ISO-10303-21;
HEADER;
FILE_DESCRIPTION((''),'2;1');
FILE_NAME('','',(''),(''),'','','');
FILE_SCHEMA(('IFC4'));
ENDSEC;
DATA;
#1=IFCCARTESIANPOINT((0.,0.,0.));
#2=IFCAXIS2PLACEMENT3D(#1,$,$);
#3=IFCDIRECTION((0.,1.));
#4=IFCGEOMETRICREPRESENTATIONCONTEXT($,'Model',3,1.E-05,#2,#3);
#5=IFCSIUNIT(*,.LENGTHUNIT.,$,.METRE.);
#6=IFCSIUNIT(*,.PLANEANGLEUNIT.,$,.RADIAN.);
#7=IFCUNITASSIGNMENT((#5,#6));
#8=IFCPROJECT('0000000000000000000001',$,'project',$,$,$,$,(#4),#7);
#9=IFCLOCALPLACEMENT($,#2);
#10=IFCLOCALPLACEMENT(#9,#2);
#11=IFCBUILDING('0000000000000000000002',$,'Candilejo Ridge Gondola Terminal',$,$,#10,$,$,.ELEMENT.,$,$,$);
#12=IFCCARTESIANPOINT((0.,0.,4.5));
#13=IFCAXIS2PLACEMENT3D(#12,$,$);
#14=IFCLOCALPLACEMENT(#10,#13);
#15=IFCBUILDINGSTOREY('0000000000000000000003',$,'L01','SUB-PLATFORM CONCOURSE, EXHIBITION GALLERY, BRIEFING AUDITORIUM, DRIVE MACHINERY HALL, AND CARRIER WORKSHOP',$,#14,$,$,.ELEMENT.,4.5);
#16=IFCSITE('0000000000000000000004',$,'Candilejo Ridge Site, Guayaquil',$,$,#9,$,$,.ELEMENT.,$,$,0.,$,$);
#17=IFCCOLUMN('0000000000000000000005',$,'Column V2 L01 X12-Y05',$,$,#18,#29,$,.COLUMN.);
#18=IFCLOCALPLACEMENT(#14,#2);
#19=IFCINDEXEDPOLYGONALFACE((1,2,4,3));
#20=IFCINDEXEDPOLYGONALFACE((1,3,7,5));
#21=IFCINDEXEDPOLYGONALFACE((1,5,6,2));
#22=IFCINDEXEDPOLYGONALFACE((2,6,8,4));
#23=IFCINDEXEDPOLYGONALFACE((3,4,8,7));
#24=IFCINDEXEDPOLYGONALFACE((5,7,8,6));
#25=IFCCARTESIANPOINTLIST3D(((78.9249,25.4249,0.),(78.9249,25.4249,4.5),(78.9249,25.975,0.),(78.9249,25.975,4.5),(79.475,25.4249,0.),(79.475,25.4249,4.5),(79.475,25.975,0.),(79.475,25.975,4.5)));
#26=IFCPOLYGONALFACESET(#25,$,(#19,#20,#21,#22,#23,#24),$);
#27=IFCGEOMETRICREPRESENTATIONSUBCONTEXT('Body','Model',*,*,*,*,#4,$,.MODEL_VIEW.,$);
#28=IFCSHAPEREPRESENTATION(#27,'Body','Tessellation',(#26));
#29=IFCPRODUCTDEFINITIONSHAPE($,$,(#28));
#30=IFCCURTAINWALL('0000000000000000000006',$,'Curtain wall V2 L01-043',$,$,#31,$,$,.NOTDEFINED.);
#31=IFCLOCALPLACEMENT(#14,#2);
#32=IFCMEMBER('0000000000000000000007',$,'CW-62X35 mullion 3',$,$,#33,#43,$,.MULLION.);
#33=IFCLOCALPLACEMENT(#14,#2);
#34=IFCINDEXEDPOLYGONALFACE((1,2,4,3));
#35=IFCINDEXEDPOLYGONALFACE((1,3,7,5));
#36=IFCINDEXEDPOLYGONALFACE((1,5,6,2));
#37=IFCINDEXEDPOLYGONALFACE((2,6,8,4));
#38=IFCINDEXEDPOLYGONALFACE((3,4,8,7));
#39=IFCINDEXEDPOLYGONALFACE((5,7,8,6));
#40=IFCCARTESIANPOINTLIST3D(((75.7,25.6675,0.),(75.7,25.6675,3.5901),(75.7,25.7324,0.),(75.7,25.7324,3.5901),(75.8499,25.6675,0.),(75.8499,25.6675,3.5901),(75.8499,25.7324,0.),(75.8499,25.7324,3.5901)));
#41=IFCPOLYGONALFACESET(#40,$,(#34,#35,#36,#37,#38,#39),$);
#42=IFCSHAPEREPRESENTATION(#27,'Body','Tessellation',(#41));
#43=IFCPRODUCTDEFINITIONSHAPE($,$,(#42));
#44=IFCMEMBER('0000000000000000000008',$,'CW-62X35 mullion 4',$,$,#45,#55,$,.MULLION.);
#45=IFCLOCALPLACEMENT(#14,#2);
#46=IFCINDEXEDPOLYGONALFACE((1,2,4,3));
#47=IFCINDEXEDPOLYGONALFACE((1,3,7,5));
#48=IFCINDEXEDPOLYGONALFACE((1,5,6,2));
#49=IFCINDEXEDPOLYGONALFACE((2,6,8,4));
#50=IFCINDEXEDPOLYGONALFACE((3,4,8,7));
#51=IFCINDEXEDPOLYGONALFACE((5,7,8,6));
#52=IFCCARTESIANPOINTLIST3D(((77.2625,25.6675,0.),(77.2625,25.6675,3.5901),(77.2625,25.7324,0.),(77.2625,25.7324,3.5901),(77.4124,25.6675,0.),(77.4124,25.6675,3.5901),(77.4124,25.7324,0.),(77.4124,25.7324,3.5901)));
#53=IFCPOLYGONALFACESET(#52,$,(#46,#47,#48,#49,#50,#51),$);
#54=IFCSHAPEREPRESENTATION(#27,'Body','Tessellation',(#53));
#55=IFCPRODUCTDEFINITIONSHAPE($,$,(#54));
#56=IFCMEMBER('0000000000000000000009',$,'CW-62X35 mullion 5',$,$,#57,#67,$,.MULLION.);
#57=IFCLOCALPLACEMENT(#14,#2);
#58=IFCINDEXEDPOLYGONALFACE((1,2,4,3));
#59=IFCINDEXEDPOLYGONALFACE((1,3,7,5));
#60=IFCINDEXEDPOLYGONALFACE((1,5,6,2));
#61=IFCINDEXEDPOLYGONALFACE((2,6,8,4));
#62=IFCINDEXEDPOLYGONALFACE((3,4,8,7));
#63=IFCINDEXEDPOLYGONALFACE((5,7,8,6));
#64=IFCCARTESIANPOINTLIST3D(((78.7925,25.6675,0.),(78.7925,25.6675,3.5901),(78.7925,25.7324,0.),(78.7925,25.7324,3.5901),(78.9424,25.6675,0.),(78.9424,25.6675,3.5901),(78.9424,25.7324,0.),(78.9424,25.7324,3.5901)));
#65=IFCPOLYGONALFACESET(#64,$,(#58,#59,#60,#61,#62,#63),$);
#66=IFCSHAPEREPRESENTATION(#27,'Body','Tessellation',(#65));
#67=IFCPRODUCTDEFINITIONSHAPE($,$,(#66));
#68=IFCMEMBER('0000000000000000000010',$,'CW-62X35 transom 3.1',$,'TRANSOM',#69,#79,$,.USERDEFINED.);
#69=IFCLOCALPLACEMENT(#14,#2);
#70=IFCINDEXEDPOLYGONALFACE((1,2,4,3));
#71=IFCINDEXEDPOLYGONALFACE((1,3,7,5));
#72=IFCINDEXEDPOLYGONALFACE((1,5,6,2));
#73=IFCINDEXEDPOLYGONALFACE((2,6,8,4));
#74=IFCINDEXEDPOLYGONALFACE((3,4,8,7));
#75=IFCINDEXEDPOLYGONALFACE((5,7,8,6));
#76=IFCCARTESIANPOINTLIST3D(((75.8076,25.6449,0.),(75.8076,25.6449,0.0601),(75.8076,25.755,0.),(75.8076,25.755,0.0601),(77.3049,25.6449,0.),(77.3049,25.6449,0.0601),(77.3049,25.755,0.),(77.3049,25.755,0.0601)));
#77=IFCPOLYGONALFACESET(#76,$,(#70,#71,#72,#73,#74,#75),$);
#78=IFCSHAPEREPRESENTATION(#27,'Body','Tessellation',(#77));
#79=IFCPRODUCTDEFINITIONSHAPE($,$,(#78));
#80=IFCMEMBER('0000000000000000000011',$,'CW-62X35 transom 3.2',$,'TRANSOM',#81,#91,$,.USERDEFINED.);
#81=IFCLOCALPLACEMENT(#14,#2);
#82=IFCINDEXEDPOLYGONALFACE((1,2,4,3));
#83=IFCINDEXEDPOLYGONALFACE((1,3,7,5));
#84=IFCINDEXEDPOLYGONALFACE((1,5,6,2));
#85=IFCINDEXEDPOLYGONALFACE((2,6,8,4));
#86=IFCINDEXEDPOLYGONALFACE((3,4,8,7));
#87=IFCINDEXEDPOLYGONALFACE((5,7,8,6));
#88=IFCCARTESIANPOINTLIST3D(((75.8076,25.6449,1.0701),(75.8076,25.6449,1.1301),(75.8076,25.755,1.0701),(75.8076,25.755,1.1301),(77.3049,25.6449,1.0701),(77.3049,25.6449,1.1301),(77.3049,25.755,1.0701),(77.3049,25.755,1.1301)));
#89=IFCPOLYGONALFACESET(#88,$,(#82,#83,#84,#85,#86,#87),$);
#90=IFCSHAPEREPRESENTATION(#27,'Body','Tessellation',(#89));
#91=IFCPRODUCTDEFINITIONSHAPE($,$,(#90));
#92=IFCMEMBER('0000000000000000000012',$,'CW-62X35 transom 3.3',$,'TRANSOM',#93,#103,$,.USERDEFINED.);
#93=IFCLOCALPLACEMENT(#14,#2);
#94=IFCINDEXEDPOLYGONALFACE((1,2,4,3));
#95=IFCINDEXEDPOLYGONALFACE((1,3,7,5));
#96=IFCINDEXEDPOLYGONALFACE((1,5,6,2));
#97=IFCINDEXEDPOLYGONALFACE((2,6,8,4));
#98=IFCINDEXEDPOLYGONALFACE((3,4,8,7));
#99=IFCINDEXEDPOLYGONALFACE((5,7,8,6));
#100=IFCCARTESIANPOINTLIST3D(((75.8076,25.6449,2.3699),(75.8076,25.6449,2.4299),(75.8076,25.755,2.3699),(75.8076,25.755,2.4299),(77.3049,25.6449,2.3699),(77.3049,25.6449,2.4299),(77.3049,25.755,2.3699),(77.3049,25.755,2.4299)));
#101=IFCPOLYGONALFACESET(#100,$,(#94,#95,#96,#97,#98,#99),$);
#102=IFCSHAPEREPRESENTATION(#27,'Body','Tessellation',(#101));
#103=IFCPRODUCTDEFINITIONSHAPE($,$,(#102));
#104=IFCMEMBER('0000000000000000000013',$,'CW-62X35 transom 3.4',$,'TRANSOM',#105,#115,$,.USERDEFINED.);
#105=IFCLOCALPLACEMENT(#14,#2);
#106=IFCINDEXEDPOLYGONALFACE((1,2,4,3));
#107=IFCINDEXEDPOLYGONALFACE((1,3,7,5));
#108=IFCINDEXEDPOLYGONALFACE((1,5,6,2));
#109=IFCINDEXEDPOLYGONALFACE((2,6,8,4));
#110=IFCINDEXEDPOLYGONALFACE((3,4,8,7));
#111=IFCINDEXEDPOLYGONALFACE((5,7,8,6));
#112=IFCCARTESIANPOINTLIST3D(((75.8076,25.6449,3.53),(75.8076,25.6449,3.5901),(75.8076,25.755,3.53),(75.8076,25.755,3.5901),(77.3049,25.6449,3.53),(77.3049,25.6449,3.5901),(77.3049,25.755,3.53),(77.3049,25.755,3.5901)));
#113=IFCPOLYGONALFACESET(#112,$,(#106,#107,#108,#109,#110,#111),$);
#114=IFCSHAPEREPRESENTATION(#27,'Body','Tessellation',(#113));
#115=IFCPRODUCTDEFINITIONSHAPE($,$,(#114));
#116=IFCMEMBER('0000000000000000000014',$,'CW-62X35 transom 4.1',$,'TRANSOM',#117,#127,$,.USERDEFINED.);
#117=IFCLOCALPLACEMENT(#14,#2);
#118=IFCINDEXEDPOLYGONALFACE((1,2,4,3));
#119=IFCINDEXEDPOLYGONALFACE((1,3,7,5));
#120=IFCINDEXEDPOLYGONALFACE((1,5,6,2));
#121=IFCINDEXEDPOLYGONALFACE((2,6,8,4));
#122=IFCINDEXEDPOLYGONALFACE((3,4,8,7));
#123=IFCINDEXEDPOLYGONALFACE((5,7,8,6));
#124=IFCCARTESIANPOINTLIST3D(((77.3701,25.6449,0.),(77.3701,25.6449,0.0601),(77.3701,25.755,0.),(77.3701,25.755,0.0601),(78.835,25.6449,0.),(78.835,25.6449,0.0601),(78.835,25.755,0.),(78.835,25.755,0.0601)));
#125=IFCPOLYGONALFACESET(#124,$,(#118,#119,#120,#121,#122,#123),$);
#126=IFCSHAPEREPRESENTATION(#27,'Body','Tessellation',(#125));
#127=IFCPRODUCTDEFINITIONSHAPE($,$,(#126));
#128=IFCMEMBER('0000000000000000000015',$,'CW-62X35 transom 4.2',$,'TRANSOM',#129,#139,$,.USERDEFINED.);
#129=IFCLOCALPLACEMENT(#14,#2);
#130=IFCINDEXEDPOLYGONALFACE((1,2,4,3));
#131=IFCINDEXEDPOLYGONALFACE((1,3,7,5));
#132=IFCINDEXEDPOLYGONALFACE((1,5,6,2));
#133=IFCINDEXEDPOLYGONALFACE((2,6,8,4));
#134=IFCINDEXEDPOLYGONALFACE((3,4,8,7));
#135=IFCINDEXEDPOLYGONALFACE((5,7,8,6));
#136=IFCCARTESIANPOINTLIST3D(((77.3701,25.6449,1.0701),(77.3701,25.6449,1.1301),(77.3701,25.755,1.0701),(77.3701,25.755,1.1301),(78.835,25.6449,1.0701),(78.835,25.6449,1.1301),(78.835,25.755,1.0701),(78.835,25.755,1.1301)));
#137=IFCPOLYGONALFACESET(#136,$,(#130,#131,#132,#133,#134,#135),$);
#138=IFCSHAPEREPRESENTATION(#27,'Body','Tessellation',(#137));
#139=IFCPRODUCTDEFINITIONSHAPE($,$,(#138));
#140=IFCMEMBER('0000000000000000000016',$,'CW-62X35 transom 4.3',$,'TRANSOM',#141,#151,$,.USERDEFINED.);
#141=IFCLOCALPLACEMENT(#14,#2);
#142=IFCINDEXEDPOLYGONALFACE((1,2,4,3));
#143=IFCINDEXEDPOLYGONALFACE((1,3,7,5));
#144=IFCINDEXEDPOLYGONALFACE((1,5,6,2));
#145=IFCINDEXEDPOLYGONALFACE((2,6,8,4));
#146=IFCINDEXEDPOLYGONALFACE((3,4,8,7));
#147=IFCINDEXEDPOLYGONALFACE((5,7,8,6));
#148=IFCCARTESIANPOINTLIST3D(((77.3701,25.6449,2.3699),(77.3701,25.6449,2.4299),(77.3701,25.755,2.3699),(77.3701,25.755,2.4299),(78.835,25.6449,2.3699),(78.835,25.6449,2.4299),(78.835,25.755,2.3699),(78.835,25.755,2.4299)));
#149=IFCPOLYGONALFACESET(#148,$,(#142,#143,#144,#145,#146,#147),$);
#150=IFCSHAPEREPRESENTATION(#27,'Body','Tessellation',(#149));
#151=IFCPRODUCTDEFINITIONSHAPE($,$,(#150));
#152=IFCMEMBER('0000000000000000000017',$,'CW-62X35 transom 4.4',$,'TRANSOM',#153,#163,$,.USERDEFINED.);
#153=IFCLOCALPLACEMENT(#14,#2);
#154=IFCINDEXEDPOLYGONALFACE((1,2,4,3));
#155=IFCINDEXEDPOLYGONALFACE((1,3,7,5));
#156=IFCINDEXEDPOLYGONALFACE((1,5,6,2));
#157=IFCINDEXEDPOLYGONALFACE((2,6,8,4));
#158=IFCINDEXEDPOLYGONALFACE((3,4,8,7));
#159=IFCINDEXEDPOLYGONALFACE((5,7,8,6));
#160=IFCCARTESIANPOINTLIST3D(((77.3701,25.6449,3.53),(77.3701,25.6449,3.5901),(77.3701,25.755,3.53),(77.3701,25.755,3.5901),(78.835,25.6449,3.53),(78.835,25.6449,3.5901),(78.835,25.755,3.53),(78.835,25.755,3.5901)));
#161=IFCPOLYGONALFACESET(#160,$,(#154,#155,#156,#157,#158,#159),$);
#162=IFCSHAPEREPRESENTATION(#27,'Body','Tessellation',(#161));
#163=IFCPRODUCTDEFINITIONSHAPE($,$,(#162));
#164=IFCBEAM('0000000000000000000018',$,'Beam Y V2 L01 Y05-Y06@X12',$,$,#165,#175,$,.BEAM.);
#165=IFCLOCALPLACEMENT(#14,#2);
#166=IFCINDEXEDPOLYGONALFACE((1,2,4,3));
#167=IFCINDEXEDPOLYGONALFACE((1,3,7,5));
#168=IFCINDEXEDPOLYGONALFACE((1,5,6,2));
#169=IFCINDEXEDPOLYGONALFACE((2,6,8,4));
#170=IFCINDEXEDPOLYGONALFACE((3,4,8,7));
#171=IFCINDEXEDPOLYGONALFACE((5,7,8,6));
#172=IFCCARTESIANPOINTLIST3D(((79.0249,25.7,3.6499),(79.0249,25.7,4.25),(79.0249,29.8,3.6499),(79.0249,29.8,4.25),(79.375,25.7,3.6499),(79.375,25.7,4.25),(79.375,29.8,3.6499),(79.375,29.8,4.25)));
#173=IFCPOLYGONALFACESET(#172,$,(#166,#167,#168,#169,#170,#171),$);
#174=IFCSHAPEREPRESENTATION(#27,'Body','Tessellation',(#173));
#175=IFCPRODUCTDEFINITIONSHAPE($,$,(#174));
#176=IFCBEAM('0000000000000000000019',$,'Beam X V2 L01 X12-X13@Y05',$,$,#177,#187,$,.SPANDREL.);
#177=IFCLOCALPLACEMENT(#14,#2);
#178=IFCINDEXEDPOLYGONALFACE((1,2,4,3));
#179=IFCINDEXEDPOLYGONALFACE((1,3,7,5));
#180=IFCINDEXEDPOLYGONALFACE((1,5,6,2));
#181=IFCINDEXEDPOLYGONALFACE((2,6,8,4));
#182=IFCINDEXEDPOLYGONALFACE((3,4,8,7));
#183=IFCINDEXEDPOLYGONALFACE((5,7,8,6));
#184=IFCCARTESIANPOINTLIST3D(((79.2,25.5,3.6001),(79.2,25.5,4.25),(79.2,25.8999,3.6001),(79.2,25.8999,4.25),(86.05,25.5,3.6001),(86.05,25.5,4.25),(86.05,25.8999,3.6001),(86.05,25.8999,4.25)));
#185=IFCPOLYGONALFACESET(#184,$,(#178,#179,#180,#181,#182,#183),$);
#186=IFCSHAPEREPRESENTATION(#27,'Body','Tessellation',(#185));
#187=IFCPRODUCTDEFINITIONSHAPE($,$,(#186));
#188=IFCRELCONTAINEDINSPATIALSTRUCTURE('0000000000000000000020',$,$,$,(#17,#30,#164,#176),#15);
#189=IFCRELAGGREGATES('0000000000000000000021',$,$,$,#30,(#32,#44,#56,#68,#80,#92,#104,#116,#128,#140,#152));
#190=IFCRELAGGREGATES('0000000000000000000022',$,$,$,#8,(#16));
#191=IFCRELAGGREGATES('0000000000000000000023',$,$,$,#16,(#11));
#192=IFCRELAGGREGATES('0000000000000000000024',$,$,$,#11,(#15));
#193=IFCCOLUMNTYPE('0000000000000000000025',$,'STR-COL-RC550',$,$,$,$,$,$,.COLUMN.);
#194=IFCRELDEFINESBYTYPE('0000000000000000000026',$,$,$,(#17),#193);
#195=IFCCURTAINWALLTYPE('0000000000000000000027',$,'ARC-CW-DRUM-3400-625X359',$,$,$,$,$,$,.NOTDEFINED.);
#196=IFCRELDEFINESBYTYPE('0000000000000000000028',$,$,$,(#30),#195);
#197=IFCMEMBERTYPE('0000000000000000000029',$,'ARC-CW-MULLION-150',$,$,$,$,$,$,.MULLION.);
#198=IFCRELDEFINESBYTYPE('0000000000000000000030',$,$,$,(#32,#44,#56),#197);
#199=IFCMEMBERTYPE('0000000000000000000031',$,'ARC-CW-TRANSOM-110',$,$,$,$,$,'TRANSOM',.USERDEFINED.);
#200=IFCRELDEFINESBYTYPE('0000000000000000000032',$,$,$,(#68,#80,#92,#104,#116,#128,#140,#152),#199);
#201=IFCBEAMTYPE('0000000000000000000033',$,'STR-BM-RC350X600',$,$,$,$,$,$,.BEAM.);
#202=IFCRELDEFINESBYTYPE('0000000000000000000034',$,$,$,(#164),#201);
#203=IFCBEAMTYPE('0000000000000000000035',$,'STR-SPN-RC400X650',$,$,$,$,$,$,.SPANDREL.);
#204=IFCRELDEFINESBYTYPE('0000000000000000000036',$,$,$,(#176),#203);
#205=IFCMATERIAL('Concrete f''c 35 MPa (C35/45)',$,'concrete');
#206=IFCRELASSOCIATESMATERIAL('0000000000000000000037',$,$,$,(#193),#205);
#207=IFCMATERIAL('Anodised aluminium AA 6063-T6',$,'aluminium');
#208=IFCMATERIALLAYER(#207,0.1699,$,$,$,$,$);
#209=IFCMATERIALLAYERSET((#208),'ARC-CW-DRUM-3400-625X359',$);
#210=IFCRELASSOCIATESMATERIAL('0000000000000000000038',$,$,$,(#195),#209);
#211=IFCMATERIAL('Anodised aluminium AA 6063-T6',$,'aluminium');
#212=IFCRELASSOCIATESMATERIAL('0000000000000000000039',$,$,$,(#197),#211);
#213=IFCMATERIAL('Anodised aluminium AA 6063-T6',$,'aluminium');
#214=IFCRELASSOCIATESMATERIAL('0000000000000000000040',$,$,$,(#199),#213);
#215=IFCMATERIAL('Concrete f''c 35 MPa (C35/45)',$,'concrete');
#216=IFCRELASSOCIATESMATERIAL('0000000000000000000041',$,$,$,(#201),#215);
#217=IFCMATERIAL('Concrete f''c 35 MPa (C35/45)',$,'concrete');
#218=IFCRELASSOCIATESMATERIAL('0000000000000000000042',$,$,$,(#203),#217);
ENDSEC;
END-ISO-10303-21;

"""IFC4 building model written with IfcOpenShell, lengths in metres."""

from ifc_helpers import new_model, si_unit, direction, frame, origin, origin_2d, place, context, subcontext, project, spatial, rectangle, extrude, material, layer, layer_set, material_profile, profile_set, type_object, element, aggregate, save


model = new_model("IFC4")

# Units and contexts
model_context = context("Model", 3, precision=1e-05, world=origin(), true_north=direction((0.0, 1.0)))
body_context = subcontext(model_context, "Body", "Model", "MODEL_VIEW")
ifc_project = project(units=[si_unit("LENGTHUNIT", "METRE"), si_unit("PLANEANGLEUNIT", "RADIAN")], contexts=[model_context])

# Site, building, storey
site_placement = place(None, origin())
site = spatial("IfcSite", under=ifc_project, at=site_placement, Name="Candilejo Ridge Site, Guayaquil", CompositionType="ELEMENT", RefElevation=0.0)
building_placement = place(site_placement, origin())
building = spatial("IfcBuilding", under=site, at=building_placement, Name="Candilejo Ridge Gondola Terminal", CompositionType="ELEMENT")
storey_placement = place(building_placement, frame((0.0, 0.0, 4.5)))
storey = spatial("IfcBuildingStorey", under=building, at=storey_placement, Name="L01", Description="SUB-PLATFORM CONCOURSE, EXHIBITION GALLERY, BRIEFING AUDITORIUM, DRIVE MACHINERY HALL, AND CARRIER WORKSHOP", CompositionType="ELEMENT", Elevation=4.5)

# Column
ifc_material_1 = material(Name="Concrete f'c 35 MPa (C35/45)", Category="concrete")
ifc_material_profile_1 = material_profile(ifc_material_1, rectangle(XDim=0.55, YDim=0.55, at=origin_2d()))
ifc_profile_set_1 = profile_set([ifc_material_profile_1], Name="Concrete f'c 35 MPa (C35/45)")
column_type = type_object("IfcColumnType", Name="STR-COL-RC550", PredefinedType="COLUMN", material=ifc_profile_set_1)
column_placement = place(storey_placement, frame((79.2, 25.7, 0.0), z_axis=(0.0, 0.0, 1.0), x_axis=(1.0, 0.0, 0.0)))
element("IfcColumn", 1, at=column_placement, inside=storey, type_object=column_type, Name="Column V2 L01 X12-Y05", PredefinedType="COLUMN", context=body_context, shape_type="SweptSolid", body=[
    extrude(rectangle(XDim=0.55, YDim=0.55, at=origin_2d()), origin(), (0.0, 0.0, 1.0), 4.5),
])

# Curtain wall, members
ifc_material_2 = material(Name="Anodised aluminium AA 6063-T6", Category="aluminium")
ifc_layer_1 = layer(ifc_material_2, 0.1699)
ifc_layer_set_1 = layer_set([ifc_layer_1], Name="ARC-CW-DRUM-3400-625X359")
curtain_wall_type = type_object("IfcCurtainWallType", Name="ARC-CW-DRUM-3400-625X359", PredefinedType="NOTDEFINED", material=ifc_layer_set_1)
curtain_wall_placement = place(storey_placement, origin())
curtain_wall = element("IfcCurtainWall", 2, at=curtain_wall_placement, inside=storey, type_object=curtain_wall_type, Name="Curtain wall V2 L01-043", PredefinedType="NOTDEFINED")
ifc_material_3 = material(Name="Anodised aluminium AA 6063-T6", Category="aluminium")
ifc_material_profile_2 = material_profile(ifc_material_3, rectangle(XDim=0.0649, YDim=0.1499, at=origin_2d()))
ifc_profile_set_2 = profile_set([ifc_material_profile_2], Name="Anodised aluminium AA 6063-T6")
member_type_1 = type_object("IfcMemberType", Name="ARC-CW-MULLION-150", PredefinedType="MULLION", material=ifc_profile_set_2)
member_1_placement = place(storey_placement, frame((75.7749, 25.7, 0.0), z_axis=(0.0, 0.0, 1.0), x_axis=(0.0, 1.0, 0.0)))
member_1 = element("IfcMember", 3, at=member_1_placement, type_object=member_type_1, Name="CW-62X35 mullion 3", PredefinedType="MULLION", context=body_context, shape_type="SweptSolid", body=[
    extrude(rectangle(XDim=0.0649, YDim=0.1499, at=origin_2d()), origin(), (0.0, 0.0, 1.0), 3.5901),
])
member_2_placement = place(storey_placement, frame((77.3374, 25.7, 0.0), z_axis=(0.0, 0.0, 1.0), x_axis=(0.0, 1.0, 0.0)))
member_2 = element("IfcMember", 4, at=member_2_placement, type_object=member_type_1, Name="CW-62X35 mullion 4", PredefinedType="MULLION", context=body_context, shape_type="SweptSolid", body=[
    extrude(rectangle(XDim=0.0649, YDim=0.1499, at=origin_2d()), origin(), (0.0, 0.0, 1.0), 3.5901),
])
member_3_placement = place(storey_placement, frame((78.8674, 25.7, 0.0), z_axis=(0.0, 0.0, 1.0), x_axis=(0.0, 1.0, 0.0)))
member_3 = element("IfcMember", 5, at=member_3_placement, type_object=member_type_1, Name="CW-62X35 mullion 5", PredefinedType="MULLION", context=body_context, shape_type="SweptSolid", body=[
    extrude(rectangle(XDim=0.0649, YDim=0.1499, at=origin_2d()), origin(), (0.0, 0.0, 1.0), 3.5901),
])
ifc_material_4 = material(Name="Anodised aluminium AA 6063-T6", Category="aluminium")
ifc_material_profile_3 = material_profile(ifc_material_4, rectangle(XDim=0.1101, YDim=0.0601, at=origin_2d()))
ifc_profile_set_3 = profile_set([ifc_material_profile_3], Name="Anodised aluminium AA 6063-T6")
member_type_2 = type_object("IfcMemberType", Name="ARC-CW-TRANSOM-110", ElementType="TRANSOM", PredefinedType="USERDEFINED", material=ifc_profile_set_3)
member_4_placement = place(storey_placement, frame((75.8076, 25.7, 0.03), z_axis=(1.0, 0.0, 0.0), x_axis=(0.0, 1.0, 0.0)))
member_4 = element("IfcMember", 6, at=member_4_placement, type_object=member_type_2, Name="CW-62X35 transom 3.1", ObjectType="TRANSOM", PredefinedType="USERDEFINED", context=body_context, shape_type="SweptSolid", body=[
    extrude(rectangle(XDim=0.1101, YDim=0.0601, at=origin_2d()), origin(), (0.0, 0.0, 1.0), 1.4973),
])
member_5_placement = place(storey_placement, frame((75.8076, 25.7, 1.1001), z_axis=(1.0, 0.0, 0.0), x_axis=(0.0, 1.0, 0.0)))
member_5 = element("IfcMember", 7, at=member_5_placement, type_object=member_type_2, Name="CW-62X35 transom 3.2", ObjectType="TRANSOM", PredefinedType="USERDEFINED", context=body_context, shape_type="SweptSolid", body=[
    extrude(rectangle(XDim=0.1101, YDim=0.0601, at=origin_2d()), origin(), (0.0, 0.0, 1.0), 1.4973),
])
member_6_placement = place(storey_placement, frame((75.8076, 25.7, 2.3999), z_axis=(1.0, 0.0, 0.0), x_axis=(0.0, 1.0, 0.0)))
member_6 = element("IfcMember", 8, at=member_6_placement, type_object=member_type_2, Name="CW-62X35 transom 3.3", ObjectType="TRANSOM", PredefinedType="USERDEFINED", context=body_context, shape_type="SweptSolid", body=[
    extrude(rectangle(XDim=0.1101, YDim=0.0601, at=origin_2d()), origin(), (0.0, 0.0, 1.0), 1.4973),
])
member_7_placement = place(storey_placement, frame((75.8076, 25.7, 3.5601), z_axis=(1.0, 0.0, 0.0), x_axis=(0.0, 1.0, 0.0)))
member_7 = element("IfcMember", 9, at=member_7_placement, type_object=member_type_2, Name="CW-62X35 transom 3.4", ObjectType="TRANSOM", PredefinedType="USERDEFINED", context=body_context, shape_type="SweptSolid", body=[
    extrude(rectangle(XDim=0.1101, YDim=0.0601, at=origin_2d()), origin(), (0.0, 0.0, 1.0), 1.4973),
])
member_8_placement = place(storey_placement, frame((77.3701, 25.7, 0.03), z_axis=(1.0, 0.0, 0.0), x_axis=(0.0, 1.0, 0.0)))
member_8 = element("IfcMember", 10, at=member_8_placement, type_object=member_type_2, Name="CW-62X35 transom 4.1", ObjectType="TRANSOM", PredefinedType="USERDEFINED", context=body_context, shape_type="SweptSolid", body=[
    extrude(rectangle(XDim=0.1101, YDim=0.0601, at=origin_2d()), origin(), (0.0, 0.0, 1.0), 1.4648),
])
member_9_placement = place(storey_placement, frame((77.3701, 25.7, 1.1001), z_axis=(1.0, 0.0, 0.0), x_axis=(0.0, 1.0, 0.0)))
member_9 = element("IfcMember", 11, at=member_9_placement, type_object=member_type_2, Name="CW-62X35 transom 4.2", ObjectType="TRANSOM", PredefinedType="USERDEFINED", context=body_context, shape_type="SweptSolid", body=[
    extrude(rectangle(XDim=0.1101, YDim=0.0601, at=origin_2d()), origin(), (0.0, 0.0, 1.0), 1.4648),
])
member_10_placement = place(storey_placement, frame((77.3701, 25.7, 2.3999), z_axis=(1.0, 0.0, 0.0), x_axis=(0.0, 1.0, 0.0)))
member_10 = element("IfcMember", 12, at=member_10_placement, type_object=member_type_2, Name="CW-62X35 transom 4.3", ObjectType="TRANSOM", PredefinedType="USERDEFINED", context=body_context, shape_type="SweptSolid", body=[
    extrude(rectangle(XDim=0.1101, YDim=0.0601, at=origin_2d()), origin(), (0.0, 0.0, 1.0), 1.4648),
])
member_11_placement = place(storey_placement, frame((77.3701, 25.7, 3.5601), z_axis=(1.0, 0.0, 0.0), x_axis=(0.0, 1.0, 0.0)))
member_11 = element("IfcMember", 13, at=member_11_placement, type_object=member_type_2, Name="CW-62X35 transom 4.4", ObjectType="TRANSOM", PredefinedType="USERDEFINED", context=body_context, shape_type="SweptSolid", body=[
    extrude(rectangle(XDim=0.1101, YDim=0.0601, at=origin_2d()), origin(), (0.0, 0.0, 1.0), 1.4648),
])

# Beams
ifc_material_5 = material(Name="Concrete f'c 35 MPa (C35/45)", Category="concrete")
ifc_material_profile_4 = material_profile(ifc_material_5, rectangle(XDim=0.3501, YDim=0.6001, at=origin_2d()))
ifc_profile_set_4 = profile_set([ifc_material_profile_4], Name="Concrete f'c 35 MPa (C35/45)")
beam_type_1 = type_object("IfcBeamType", Name="STR-BM-RC350X600", PredefinedType="BEAM", material=ifc_profile_set_4)
beam_1_placement = place(storey_placement, frame((79.2, 25.7, 3.95), z_axis=(0.0, 1.0, 0.0), x_axis=(-1.0, 0.0, 0.0)))
element("IfcBeam", 14, at=beam_1_placement, inside=storey, type_object=beam_type_1, Name="Beam Y V2 L01 Y05-Y06@X12", PredefinedType="BEAM", context=body_context, shape_type="SweptSolid", body=[
    extrude(rectangle(XDim=0.3501, YDim=0.6001, at=origin_2d()), origin(), (0.0, 0.0, 1.0), 4.1001),
])
ifc_material_6 = material(Name="Concrete f'c 35 MPa (C35/45)", Category="concrete")
ifc_material_profile_5 = material_profile(ifc_material_6, rectangle(XDim=0.3999, YDim=0.6499, at=origin_2d()))
ifc_profile_set_5 = profile_set([ifc_material_profile_5], Name="Concrete f'c 35 MPa (C35/45)")
beam_type_2 = type_object("IfcBeamType", Name="STR-SPN-RC400X650", PredefinedType="SPANDREL", material=ifc_profile_set_5)
beam_2_placement = place(storey_placement, frame((79.2, 25.7, 3.925), z_axis=(1.0, 0.0, 0.0), x_axis=(0.0, 1.0, 0.0)))
element("IfcBeam", 15, at=beam_2_placement, inside=storey, type_object=beam_type_2, Name="Beam X V2 L01 X12-X13@Y05", PredefinedType="SPANDREL", context=body_context, shape_type="SweptSolid", body=[
    extrude(rectangle(XDim=0.3999, YDim=0.6499, at=origin_2d()), origin(), (0.0, 0.0, 1.0), 6.8501),
])

aggregate(curtain_wall, [member_1, member_2, member_3, member_4, member_5, member_6, member_7, member_8, member_9, member_10, member_11])

save(model, "model.ifc")
